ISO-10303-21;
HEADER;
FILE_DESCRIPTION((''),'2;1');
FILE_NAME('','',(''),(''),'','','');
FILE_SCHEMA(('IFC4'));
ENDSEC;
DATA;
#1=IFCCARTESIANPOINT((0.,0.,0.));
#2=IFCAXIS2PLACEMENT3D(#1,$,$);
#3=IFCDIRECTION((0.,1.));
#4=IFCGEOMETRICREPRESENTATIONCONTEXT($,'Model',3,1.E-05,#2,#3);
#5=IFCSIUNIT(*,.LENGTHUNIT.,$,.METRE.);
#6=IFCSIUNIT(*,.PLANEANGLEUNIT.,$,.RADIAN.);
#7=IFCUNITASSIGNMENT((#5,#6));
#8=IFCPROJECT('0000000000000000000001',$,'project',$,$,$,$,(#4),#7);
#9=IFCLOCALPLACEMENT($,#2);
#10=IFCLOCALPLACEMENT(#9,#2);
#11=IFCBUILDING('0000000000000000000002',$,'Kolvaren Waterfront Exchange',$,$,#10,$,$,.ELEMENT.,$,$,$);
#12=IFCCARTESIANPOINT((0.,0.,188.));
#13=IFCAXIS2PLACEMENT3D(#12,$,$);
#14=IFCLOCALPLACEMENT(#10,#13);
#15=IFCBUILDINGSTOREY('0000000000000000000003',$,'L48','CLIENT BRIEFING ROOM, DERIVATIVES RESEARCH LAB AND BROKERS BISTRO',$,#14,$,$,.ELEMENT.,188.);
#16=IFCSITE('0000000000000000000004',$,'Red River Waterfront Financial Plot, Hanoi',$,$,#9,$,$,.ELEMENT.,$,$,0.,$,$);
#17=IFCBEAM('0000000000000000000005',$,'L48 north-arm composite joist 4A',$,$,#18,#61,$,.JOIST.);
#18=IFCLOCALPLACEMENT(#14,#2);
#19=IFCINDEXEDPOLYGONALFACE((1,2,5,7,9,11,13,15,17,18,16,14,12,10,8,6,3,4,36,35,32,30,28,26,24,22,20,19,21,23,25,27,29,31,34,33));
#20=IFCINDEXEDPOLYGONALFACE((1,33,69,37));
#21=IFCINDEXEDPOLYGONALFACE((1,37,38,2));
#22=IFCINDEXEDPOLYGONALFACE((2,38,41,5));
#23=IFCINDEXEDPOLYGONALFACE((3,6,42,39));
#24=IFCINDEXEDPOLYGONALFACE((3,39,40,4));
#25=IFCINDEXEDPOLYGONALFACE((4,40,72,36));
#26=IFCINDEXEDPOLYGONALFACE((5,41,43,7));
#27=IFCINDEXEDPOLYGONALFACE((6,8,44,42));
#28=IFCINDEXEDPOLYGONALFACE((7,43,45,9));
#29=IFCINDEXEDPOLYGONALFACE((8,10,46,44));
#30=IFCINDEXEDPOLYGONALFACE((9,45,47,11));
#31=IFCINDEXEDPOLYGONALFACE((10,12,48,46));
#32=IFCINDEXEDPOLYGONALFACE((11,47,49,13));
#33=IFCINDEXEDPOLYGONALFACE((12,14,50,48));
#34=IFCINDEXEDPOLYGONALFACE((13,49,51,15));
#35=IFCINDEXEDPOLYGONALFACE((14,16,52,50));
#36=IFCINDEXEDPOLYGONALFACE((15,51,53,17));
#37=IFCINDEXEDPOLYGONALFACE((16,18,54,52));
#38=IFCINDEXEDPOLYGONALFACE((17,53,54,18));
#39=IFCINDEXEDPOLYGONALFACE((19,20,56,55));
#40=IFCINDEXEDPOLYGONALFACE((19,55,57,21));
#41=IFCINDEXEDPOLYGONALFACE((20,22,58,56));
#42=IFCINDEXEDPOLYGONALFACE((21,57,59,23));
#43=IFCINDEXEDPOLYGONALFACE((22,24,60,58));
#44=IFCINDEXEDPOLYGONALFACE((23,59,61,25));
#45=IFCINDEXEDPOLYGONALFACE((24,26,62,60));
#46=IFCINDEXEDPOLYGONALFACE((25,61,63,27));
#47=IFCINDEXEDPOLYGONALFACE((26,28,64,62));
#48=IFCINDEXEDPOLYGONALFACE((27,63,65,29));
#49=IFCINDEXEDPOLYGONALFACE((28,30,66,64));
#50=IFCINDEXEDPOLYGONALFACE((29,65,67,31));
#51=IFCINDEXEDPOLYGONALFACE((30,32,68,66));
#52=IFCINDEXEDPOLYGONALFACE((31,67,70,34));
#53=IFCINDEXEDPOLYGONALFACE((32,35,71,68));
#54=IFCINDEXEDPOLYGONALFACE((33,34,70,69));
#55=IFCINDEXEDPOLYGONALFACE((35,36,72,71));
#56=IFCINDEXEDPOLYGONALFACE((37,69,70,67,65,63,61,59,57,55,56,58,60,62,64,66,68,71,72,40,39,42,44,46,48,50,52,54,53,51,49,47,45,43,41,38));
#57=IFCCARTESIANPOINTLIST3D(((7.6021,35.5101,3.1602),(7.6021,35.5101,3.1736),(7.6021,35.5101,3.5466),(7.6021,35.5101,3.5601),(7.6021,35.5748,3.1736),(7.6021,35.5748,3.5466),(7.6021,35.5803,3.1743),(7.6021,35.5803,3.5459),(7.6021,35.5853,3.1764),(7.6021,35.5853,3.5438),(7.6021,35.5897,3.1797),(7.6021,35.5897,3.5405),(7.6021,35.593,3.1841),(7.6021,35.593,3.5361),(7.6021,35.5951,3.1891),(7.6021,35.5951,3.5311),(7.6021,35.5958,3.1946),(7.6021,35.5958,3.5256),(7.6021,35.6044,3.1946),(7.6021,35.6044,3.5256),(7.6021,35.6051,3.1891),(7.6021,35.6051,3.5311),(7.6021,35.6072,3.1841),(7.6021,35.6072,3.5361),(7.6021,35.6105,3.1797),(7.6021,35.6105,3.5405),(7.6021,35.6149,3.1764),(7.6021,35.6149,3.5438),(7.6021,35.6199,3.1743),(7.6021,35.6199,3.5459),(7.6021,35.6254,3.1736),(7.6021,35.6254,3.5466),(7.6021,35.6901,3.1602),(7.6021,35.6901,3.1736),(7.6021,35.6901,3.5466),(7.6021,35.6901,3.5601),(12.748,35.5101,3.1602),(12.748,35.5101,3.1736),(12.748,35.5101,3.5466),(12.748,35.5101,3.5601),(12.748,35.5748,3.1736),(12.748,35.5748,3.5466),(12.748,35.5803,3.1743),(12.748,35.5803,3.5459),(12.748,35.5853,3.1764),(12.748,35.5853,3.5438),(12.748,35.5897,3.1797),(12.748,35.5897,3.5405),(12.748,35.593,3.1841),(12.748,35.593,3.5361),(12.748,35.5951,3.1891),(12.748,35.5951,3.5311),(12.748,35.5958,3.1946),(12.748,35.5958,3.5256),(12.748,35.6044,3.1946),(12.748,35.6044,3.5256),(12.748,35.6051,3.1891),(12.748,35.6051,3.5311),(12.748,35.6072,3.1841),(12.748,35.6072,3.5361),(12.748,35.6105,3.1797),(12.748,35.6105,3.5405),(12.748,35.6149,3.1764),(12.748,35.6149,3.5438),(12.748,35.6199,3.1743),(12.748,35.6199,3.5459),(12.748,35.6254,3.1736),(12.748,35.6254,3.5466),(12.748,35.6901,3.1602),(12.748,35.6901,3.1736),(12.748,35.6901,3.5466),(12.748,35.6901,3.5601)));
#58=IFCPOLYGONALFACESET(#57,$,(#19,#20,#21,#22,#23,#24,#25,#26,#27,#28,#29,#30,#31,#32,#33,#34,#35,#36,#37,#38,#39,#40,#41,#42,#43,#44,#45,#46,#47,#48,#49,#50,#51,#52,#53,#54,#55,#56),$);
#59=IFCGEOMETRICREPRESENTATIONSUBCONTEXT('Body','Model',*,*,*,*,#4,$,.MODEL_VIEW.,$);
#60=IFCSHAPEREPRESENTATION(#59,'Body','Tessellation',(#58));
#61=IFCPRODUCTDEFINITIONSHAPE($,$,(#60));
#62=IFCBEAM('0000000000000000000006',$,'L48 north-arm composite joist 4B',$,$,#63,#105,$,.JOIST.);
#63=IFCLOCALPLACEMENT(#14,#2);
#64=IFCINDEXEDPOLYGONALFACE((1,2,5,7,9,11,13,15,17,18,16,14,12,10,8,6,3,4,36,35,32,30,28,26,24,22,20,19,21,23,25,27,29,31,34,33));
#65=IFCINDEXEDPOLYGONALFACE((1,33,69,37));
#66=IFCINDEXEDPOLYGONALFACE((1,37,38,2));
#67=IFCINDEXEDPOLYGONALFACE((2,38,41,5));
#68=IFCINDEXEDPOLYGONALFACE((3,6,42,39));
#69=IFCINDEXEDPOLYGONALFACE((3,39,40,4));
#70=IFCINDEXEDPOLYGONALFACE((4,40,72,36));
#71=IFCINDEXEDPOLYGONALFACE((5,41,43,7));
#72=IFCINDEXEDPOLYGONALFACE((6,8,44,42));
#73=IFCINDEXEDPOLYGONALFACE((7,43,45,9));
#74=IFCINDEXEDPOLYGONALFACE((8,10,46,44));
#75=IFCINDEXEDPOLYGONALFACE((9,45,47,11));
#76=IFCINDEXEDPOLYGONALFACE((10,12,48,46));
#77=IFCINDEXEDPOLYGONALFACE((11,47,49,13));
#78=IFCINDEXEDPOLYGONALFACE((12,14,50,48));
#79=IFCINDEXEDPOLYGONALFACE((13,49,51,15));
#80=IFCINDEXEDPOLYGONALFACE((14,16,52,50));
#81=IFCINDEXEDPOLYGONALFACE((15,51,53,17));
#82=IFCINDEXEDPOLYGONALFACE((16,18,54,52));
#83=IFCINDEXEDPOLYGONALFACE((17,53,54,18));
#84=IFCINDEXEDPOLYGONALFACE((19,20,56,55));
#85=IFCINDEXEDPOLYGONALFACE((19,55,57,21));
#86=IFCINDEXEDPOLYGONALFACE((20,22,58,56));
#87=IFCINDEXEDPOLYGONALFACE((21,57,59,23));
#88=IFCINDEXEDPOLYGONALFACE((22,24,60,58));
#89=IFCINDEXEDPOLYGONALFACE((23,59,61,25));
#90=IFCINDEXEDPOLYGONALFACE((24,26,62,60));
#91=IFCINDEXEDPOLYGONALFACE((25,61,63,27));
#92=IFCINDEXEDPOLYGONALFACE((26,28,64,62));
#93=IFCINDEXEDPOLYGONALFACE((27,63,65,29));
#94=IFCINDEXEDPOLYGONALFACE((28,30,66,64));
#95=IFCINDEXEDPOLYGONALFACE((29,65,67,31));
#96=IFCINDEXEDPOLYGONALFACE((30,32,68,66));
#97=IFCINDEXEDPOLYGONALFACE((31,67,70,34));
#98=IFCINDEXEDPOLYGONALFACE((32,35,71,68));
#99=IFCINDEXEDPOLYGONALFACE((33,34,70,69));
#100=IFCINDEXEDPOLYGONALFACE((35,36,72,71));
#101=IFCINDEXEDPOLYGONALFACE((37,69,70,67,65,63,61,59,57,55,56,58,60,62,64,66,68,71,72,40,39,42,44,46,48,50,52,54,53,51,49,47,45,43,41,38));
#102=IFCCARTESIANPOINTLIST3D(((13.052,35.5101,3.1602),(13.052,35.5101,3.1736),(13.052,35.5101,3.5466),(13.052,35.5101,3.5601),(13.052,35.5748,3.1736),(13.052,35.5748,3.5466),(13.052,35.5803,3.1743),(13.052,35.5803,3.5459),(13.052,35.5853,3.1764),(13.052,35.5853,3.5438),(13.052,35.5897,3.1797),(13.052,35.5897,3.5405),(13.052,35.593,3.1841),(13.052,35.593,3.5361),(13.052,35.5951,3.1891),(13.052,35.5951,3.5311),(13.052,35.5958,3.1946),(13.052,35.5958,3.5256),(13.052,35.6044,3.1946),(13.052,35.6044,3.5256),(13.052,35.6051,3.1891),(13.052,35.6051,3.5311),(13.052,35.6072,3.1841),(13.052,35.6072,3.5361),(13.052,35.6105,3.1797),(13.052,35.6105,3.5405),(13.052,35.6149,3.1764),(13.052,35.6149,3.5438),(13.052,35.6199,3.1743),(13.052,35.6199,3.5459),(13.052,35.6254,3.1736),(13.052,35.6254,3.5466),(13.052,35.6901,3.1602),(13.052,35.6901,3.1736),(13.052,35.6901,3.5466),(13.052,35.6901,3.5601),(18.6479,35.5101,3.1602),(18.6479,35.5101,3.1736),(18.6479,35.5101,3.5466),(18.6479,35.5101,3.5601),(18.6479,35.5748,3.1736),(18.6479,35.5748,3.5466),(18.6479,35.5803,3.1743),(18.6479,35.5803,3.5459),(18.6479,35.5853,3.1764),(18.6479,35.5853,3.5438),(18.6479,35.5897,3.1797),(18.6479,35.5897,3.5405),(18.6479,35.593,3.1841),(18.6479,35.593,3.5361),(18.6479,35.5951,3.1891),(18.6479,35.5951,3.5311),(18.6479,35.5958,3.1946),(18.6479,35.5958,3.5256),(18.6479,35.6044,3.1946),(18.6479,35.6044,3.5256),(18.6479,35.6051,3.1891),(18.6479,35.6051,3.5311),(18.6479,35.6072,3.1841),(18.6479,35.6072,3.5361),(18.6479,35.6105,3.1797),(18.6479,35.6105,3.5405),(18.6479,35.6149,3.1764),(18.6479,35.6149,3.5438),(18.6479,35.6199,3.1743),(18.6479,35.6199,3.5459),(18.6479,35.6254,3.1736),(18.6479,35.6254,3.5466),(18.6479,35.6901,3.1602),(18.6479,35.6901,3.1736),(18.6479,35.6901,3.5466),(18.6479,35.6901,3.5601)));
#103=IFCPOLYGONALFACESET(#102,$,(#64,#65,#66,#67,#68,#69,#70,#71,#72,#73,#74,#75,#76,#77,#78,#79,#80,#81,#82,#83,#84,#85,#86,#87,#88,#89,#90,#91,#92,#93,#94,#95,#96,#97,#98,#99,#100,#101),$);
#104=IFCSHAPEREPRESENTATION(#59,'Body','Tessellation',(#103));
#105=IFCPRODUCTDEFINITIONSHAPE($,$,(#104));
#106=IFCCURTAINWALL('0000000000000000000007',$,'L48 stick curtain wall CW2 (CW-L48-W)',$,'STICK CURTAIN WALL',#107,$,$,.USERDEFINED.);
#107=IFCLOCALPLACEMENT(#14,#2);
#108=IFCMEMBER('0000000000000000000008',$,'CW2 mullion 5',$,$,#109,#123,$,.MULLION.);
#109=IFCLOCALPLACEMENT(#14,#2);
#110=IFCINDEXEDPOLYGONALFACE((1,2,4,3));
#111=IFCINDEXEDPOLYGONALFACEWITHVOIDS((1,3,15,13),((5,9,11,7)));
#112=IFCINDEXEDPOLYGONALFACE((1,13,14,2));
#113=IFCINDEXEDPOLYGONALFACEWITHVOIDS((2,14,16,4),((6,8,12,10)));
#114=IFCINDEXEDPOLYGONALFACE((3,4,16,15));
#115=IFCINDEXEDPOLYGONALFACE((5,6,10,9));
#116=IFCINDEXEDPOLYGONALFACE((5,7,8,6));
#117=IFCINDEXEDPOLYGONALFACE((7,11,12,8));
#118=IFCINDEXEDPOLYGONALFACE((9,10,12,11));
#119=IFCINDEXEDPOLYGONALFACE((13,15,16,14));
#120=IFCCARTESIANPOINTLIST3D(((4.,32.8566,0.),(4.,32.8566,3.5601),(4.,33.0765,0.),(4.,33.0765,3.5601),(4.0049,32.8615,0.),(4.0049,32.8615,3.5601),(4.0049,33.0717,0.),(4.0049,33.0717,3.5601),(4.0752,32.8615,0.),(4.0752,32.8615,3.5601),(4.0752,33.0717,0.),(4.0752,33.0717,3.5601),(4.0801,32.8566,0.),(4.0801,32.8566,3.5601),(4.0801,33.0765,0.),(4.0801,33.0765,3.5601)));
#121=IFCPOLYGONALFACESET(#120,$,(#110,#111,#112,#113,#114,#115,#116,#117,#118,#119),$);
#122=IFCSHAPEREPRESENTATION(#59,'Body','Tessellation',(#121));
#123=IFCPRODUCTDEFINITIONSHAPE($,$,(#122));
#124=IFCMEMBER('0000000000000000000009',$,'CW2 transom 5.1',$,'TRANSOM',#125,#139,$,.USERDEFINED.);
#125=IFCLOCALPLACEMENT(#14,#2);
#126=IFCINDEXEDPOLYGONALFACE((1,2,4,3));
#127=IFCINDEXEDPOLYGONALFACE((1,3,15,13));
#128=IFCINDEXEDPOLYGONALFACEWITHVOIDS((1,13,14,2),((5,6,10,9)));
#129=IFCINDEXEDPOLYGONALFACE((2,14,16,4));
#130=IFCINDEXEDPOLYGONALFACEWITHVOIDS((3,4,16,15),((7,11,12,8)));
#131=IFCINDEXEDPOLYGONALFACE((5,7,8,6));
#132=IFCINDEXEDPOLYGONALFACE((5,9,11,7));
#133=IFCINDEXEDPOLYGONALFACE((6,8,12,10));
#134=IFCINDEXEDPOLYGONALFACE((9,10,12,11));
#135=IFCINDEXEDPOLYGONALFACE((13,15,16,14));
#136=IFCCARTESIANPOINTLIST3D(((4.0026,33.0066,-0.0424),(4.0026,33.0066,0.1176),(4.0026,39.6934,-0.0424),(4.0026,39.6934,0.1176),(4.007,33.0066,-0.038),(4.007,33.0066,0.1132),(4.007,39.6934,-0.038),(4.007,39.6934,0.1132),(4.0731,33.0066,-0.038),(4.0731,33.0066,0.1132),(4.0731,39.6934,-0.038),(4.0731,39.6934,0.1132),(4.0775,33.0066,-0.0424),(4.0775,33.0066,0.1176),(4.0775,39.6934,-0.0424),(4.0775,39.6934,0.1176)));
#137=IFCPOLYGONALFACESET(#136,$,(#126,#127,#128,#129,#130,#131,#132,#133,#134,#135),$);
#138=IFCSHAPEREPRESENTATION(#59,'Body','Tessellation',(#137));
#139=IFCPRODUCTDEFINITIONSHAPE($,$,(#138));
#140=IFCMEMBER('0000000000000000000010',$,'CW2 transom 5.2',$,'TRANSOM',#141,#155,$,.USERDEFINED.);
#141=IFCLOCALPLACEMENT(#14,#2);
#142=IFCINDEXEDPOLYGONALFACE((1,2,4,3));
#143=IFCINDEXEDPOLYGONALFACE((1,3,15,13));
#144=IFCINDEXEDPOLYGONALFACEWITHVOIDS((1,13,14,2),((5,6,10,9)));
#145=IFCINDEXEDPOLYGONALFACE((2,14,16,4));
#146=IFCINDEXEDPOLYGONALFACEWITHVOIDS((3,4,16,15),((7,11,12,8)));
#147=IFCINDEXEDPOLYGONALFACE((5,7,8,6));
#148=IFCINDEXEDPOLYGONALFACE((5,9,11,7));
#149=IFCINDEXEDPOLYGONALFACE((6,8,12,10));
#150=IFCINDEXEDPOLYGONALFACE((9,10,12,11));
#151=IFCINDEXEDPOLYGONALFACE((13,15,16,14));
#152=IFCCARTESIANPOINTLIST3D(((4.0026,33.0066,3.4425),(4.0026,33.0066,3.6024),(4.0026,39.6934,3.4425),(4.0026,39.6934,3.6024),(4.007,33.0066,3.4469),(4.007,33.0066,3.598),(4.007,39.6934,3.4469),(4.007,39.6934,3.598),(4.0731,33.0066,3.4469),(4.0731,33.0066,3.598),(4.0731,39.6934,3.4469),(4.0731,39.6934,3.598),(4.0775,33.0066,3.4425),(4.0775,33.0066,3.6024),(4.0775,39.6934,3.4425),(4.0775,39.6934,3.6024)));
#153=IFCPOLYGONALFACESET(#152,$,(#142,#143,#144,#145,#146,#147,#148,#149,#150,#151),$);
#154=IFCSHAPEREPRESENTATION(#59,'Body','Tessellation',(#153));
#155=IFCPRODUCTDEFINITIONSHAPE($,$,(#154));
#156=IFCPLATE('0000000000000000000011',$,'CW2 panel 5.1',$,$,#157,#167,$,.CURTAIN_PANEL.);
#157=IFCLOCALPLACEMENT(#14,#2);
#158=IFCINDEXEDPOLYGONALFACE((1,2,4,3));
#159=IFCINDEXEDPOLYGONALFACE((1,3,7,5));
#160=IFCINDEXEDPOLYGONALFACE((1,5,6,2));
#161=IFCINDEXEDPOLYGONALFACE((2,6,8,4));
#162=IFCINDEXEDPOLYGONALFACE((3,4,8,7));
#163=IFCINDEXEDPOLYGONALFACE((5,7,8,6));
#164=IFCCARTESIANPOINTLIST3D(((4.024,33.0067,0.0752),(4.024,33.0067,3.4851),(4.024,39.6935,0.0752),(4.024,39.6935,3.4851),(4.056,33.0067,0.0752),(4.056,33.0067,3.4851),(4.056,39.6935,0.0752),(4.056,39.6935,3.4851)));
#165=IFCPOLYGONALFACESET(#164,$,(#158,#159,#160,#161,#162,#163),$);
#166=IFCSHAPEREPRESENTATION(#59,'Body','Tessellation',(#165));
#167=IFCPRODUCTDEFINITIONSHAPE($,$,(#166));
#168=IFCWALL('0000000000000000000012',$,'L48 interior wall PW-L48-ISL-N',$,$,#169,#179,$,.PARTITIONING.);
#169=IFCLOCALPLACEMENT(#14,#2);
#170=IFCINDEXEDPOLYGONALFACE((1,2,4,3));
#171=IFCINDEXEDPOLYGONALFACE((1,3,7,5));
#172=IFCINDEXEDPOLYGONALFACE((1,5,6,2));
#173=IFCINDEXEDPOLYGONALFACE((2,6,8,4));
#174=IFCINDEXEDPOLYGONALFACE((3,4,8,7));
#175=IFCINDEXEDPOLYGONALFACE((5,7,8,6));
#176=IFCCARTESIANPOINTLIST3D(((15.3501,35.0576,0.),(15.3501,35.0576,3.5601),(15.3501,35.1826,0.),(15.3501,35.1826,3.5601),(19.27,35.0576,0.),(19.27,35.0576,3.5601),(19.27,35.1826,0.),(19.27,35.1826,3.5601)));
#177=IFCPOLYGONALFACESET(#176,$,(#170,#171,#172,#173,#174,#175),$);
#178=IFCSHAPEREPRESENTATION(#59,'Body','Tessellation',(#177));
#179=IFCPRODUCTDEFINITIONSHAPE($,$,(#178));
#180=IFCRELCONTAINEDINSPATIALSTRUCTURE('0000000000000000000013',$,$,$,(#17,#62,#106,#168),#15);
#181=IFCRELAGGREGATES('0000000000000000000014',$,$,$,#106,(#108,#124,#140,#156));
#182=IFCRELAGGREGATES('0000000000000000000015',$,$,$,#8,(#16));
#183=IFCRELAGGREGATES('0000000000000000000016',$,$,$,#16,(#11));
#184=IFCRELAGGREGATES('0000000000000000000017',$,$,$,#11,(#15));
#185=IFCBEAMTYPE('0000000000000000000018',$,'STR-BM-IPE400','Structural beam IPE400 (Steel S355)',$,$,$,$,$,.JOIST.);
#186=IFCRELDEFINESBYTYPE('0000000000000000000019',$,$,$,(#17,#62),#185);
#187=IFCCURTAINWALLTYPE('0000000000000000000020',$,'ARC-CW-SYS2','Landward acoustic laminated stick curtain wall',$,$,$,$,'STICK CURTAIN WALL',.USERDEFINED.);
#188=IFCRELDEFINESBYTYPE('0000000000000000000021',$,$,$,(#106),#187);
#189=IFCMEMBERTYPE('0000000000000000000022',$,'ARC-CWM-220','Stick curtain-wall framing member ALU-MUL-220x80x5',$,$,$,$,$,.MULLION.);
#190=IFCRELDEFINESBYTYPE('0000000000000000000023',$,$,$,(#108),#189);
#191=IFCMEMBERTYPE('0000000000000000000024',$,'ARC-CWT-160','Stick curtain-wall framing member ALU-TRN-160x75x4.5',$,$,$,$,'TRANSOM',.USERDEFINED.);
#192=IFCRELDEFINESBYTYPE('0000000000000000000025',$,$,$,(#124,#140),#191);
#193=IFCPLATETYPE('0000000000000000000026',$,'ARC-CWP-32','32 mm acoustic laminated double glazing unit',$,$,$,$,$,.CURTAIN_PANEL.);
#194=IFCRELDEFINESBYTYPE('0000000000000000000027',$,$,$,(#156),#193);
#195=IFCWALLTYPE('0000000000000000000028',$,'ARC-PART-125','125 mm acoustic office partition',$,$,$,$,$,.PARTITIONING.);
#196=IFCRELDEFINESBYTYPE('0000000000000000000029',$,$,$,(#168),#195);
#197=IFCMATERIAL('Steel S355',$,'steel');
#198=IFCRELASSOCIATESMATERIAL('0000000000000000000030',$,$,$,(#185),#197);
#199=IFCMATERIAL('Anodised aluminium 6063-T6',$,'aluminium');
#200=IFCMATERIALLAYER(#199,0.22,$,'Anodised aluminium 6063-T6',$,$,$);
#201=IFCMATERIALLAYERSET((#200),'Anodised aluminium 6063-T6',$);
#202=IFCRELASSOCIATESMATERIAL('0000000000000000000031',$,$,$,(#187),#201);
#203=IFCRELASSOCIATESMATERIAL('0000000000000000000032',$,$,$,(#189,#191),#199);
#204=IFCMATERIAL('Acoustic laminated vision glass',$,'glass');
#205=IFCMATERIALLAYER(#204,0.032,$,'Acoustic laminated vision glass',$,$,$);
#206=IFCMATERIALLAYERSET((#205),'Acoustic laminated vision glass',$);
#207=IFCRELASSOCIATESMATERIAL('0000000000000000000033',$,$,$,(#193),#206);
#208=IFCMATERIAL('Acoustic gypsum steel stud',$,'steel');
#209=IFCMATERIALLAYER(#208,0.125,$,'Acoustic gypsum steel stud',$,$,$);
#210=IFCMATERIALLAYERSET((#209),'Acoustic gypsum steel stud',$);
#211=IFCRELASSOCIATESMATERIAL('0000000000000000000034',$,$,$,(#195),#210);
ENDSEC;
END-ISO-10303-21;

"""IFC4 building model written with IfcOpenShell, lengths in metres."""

from ifc_helpers import new_model, si_unit, direction, frame, frame_2d, origin, origin_with_axes, origin_2d, place, context, subcontext, project, spatial, rectangle, hollow_rectangle, i_section, extrude, source, transform, mapped, material, layer, layer_set, material_profile, profile_set, type_object, element, aggregate, save


model = new_model("IFC4")

# Units and contexts
model_context = context("Model", 3, precision=1e-05, world=origin(), true_north=direction((0.0, 1.0)))
body_context = subcontext(model_context, "Body", "Model", "MODEL_VIEW")
ifc_project = project(units=[si_unit("LENGTHUNIT", "METRE"), si_unit("PLANEANGLEUNIT", "RADIAN")], contexts=[model_context])

# Site, building, storey
site_placement = place(None, origin())
site = spatial("IfcSite", under=ifc_project, at=site_placement, Name="Red River Waterfront Financial Plot, Hanoi", CompositionType="ELEMENT", RefElevation=0.0)
building_placement = place(site_placement, origin())
building = spatial("IfcBuilding", under=site, at=building_placement, Name="Kolvaren Waterfront Exchange", CompositionType="ELEMENT")
storey_placement = place(building_placement, frame((0.0, 0.0, 188.0)))
storey = spatial("IfcBuildingStorey", under=building, at=storey_placement, Name="L48", Description="CLIENT BRIEFING ROOM, DERIVATIVES RESEARCH LAB AND BROKERS BISTRO", CompositionType="ELEMENT", Elevation=188.0)

# Beams
ifc_material_1 = material(Name="Steel S355", Category="steel")
ifc_material_profile_1 = material_profile(ifc_material_1, i_section(OverallWidth=0.1799, OverallDepth=0.3999, WebThickness=0.0085, FlangeThickness=0.0134, FilletRadius=0.021, at=origin_2d()), Name="IPE400")
ifc_profile_set_1 = profile_set([ifc_material_profile_1], Name="Steel S355")
beam_type_1 = type_object("IfcBeamType", Name="STR-BM-IPE400", Description="Structural beam IPE400 (Steel S355)", PredefinedType="JOIST", material=ifc_profile_set_1)
beam_1_placement = place(storey_placement, frame((7.6021, 35.6001, 3.3601), z_axis=(1.0, 0.0, 0.0), x_axis=(0.0, 1.0, 0.0)))
element("IfcBeam", 1, at=beam_1_placement, inside=storey, type_object=beam_type_1, Name="L48 north-arm composite joist 4A", PredefinedType="JOIST", context=body_context, shape_type="SweptSolid", body=[
    extrude(i_section(OverallWidth=0.1799, OverallDepth=0.3999, WebThickness=0.0085, FlangeThickness=0.0134, FilletRadius=0.021, at=origin_2d()), origin(), (0.0, 0.0, 1.0), 5.146),
])
beam_2_placement = place(storey_placement, frame((13.052, 35.6001, 3.3601), z_axis=(1.0, 0.0, 0.0), x_axis=(0.0, 1.0, 0.0)))
element("IfcBeam", 2, at=beam_2_placement, inside=storey, type_object=beam_type_1, Name="L48 north-arm composite joist 4B", PredefinedType="JOIST", context=body_context, shape_type="SweptSolid", body=[
    extrude(i_section(OverallWidth=0.1799, OverallDepth=0.3999, WebThickness=0.0085, FlangeThickness=0.0134, FilletRadius=0.021, at=origin_2d()), origin(), (0.0, 0.0, 1.0), 5.5959),
])

# Curtain wall, members, plate
ifc_material_2 = material(Name="Anodised aluminium 6063-T6", Category="aluminium")
ifc_layer_1 = layer(ifc_material_2, 0.22, Name="Anodised aluminium 6063-T6")
ifc_layer_set_1 = layer_set([ifc_layer_1], Name="Anodised aluminium 6063-T6")
curtain_wall_type = type_object("IfcCurtainWallType", Name="ARC-CW-SYS2", Description="Landward acoustic laminated stick curtain wall", ElementType="STICK CURTAIN WALL", PredefinedType="USERDEFINED", material=ifc_layer_set_1)
curtain_wall_placement = place(storey_placement, origin())
curtain_wall = element("IfcCurtainWall", 3, at=curtain_wall_placement, inside=storey, type_object=curtain_wall_type, Name="L48 stick curtain wall CW2 (CW-L48-W)", ObjectType="STICK CURTAIN WALL", PredefinedType="USERDEFINED")
ifc_material_profile_2 = material_profile(ifc_material_2, hollow_rectangle(XDim=0.0801, YDim=0.22, WallThickness=0.0049, at=origin_2d()), Name="ALU-MUL-220x80x5")
ifc_profile_set_2 = profile_set([ifc_material_profile_2], Name="Anodised aluminium 6063-T6")
member_type_1 = type_object("IfcMemberType", Name="ARC-CWM-220", Description="Stick curtain-wall framing member ALU-MUL-220x80x5", PredefinedType="MULLION", material=ifc_profile_set_2)
shared_shape_1 = source(origin_with_axes(), body_context, "Body", "SweptSolid", [
    extrude(hollow_rectangle(XDim=0.0801, YDim=0.22, WallThickness=0.0049, at=origin_2d()), origin(), (0.0, 0.0, 1.0), 3.5601),
])
member_1_placement = place(storey_placement, frame((4.04, 32.9666, 0.0), z_axis=(0.0, 0.0, 1.0), x_axis=(-1.0, 0.0, 0.0)))
member_1 = element("IfcMember", 4, at=member_1_placement, type_object=member_type_1, Name="CW2 mullion 5", PredefinedType="MULLION", context=body_context, shape_type="MappedRepresentation", body=[
    mapped(shared_shape_1, transform((0.0, 0.0, 0.0), x_axis=(1.0, 0.0, 0.0), y_axis=(0.0, 1.0, 0.0), z_axis=(0.0, 0.0, 1.0), scale=1.0)),
])
ifc_material_profile_3 = material_profile(ifc_material_2, hollow_rectangle(XDim=0.075, YDim=0.1599, WallThickness=0.0044, at=origin_2d()), Name="ALU-TRN-160x75x4.5")
ifc_profile_set_3 = profile_set([ifc_material_profile_3], Name="Anodised aluminium 6063-T6")
member_type_2 = type_object("IfcMemberType", Name="ARC-CWT-160", Description="Stick curtain-wall framing member ALU-TRN-160x75x4.5", ElementType="TRANSOM", PredefinedType="USERDEFINED", material=ifc_profile_set_3)
shared_shape_2 = source(origin_with_axes(), body_context, "Body", "SweptSolid", [
    extrude(hollow_rectangle(XDim=0.075, YDim=0.1599, WallThickness=0.0044, at=origin_2d()), origin(), (0.0, 0.0, 1.0), 6.6868),
])
member_2_placement = place(storey_placement, frame((4.04, 33.0066, 0.0376), z_axis=(0.0, 1.0, 0.0), x_axis=(-1.0, 0.0, 0.0)))
member_2 = element("IfcMember", 5, at=member_2_placement, type_object=member_type_2, Name="CW2 transom 5.1", ObjectType="TRANSOM", PredefinedType="USERDEFINED", context=body_context, shape_type="MappedRepresentation", body=[
    mapped(shared_shape_2, transform((0.0, 0.0, 0.0), x_axis=(1.0, 0.0, 0.0), y_axis=(0.0, 1.0, 0.0), z_axis=(0.0, 0.0, 1.0), scale=1.0)),
])
member_3_placement = place(storey_placement, frame((4.04, 33.0066, 3.5225), z_axis=(0.0, 1.0, 0.0), x_axis=(-1.0, 0.0, 0.0)))
member_3 = element("IfcMember", 6, at=member_3_placement, type_object=member_type_2, Name="CW2 transom 5.2", ObjectType="TRANSOM", PredefinedType="USERDEFINED", context=body_context, shape_type="MappedRepresentation", body=[
    mapped(shared_shape_2, transform((0.0, 0.0, 0.0), x_axis=(1.0, 0.0, 0.0), y_axis=(0.0, 1.0, 0.0), z_axis=(0.0, 0.0, 1.0), scale=1.0)),
])
ifc_material_3 = material(Name="Acoustic laminated vision glass", Category="glass")
ifc_layer_2 = layer(ifc_material_3, 0.032, Name="Acoustic laminated vision glass")
ifc_layer_set_2 = layer_set([ifc_layer_2], Name="Acoustic laminated vision glass")
plate_type = type_object("IfcPlateType", Name="ARC-CWP-32", Description="32 mm acoustic laminated double glazing unit", PredefinedType="CURTAIN_PANEL", material=ifc_layer_set_2)
shared_shape_3 = source(origin_with_axes(), body_context, "Body", "SweptSolid", [
    extrude(rectangle(XDim=6.6868, YDim=0.032, at=origin_2d()), origin(), (0.0, 0.0, 1.0), 3.4099),
])
plate_placement = place(storey_placement, frame((4.04, 36.3501, 0.0752), z_axis=(0.0, 0.0, 1.0), x_axis=(0.0, 1.0, 0.0)))
plate = element("IfcPlate", 7, at=plate_placement, type_object=plate_type, Name="CW2 panel 5.1", PredefinedType="CURTAIN_PANEL", context=body_context, shape_type="MappedRepresentation", body=[
    mapped(shared_shape_3, transform((0.0, 0.0, 0.0), x_axis=(1.0, 0.0, 0.0), y_axis=(0.0, 1.0, 0.0), z_axis=(0.0, 0.0, 1.0), scale=1.0)),
])
aggregate(curtain_wall, [member_1, member_2, member_3, plate])

# Wall
ifc_material_4 = material(Name="Acoustic gypsum steel stud", Category="steel")
ifc_layer_3 = layer(ifc_material_4, 0.125, Name="Acoustic gypsum steel stud")
ifc_layer_set_3 = layer_set([ifc_layer_3], Name="Acoustic gypsum steel stud")
wall_type = type_object("IfcWallType", Name="ARC-PART-125", Description="125 mm acoustic office partition", PredefinedType="PARTITIONING", material=ifc_layer_set_3)
wall_1_placement = place(storey_placement, frame((15.3501, 35.1201, 0.0), z_axis=(0.0, 0.0, 1.0), x_axis=(1.0, 0.0, 0.0)))
element("IfcWall", 8, at=wall_1_placement, inside=storey, type_object=wall_type, Name="L48 interior wall PW-L48-ISL-N", PredefinedType="PARTITIONING", context=body_context, shape_type="SweptSolid", body=[
    extrude(rectangle(XDim=3.9199, YDim=0.125, at=frame_2d((1.96, 0.0))), origin(), (0.0, 0.0, 1.0), 3.5601),
])

save(model, "model.ifc")
